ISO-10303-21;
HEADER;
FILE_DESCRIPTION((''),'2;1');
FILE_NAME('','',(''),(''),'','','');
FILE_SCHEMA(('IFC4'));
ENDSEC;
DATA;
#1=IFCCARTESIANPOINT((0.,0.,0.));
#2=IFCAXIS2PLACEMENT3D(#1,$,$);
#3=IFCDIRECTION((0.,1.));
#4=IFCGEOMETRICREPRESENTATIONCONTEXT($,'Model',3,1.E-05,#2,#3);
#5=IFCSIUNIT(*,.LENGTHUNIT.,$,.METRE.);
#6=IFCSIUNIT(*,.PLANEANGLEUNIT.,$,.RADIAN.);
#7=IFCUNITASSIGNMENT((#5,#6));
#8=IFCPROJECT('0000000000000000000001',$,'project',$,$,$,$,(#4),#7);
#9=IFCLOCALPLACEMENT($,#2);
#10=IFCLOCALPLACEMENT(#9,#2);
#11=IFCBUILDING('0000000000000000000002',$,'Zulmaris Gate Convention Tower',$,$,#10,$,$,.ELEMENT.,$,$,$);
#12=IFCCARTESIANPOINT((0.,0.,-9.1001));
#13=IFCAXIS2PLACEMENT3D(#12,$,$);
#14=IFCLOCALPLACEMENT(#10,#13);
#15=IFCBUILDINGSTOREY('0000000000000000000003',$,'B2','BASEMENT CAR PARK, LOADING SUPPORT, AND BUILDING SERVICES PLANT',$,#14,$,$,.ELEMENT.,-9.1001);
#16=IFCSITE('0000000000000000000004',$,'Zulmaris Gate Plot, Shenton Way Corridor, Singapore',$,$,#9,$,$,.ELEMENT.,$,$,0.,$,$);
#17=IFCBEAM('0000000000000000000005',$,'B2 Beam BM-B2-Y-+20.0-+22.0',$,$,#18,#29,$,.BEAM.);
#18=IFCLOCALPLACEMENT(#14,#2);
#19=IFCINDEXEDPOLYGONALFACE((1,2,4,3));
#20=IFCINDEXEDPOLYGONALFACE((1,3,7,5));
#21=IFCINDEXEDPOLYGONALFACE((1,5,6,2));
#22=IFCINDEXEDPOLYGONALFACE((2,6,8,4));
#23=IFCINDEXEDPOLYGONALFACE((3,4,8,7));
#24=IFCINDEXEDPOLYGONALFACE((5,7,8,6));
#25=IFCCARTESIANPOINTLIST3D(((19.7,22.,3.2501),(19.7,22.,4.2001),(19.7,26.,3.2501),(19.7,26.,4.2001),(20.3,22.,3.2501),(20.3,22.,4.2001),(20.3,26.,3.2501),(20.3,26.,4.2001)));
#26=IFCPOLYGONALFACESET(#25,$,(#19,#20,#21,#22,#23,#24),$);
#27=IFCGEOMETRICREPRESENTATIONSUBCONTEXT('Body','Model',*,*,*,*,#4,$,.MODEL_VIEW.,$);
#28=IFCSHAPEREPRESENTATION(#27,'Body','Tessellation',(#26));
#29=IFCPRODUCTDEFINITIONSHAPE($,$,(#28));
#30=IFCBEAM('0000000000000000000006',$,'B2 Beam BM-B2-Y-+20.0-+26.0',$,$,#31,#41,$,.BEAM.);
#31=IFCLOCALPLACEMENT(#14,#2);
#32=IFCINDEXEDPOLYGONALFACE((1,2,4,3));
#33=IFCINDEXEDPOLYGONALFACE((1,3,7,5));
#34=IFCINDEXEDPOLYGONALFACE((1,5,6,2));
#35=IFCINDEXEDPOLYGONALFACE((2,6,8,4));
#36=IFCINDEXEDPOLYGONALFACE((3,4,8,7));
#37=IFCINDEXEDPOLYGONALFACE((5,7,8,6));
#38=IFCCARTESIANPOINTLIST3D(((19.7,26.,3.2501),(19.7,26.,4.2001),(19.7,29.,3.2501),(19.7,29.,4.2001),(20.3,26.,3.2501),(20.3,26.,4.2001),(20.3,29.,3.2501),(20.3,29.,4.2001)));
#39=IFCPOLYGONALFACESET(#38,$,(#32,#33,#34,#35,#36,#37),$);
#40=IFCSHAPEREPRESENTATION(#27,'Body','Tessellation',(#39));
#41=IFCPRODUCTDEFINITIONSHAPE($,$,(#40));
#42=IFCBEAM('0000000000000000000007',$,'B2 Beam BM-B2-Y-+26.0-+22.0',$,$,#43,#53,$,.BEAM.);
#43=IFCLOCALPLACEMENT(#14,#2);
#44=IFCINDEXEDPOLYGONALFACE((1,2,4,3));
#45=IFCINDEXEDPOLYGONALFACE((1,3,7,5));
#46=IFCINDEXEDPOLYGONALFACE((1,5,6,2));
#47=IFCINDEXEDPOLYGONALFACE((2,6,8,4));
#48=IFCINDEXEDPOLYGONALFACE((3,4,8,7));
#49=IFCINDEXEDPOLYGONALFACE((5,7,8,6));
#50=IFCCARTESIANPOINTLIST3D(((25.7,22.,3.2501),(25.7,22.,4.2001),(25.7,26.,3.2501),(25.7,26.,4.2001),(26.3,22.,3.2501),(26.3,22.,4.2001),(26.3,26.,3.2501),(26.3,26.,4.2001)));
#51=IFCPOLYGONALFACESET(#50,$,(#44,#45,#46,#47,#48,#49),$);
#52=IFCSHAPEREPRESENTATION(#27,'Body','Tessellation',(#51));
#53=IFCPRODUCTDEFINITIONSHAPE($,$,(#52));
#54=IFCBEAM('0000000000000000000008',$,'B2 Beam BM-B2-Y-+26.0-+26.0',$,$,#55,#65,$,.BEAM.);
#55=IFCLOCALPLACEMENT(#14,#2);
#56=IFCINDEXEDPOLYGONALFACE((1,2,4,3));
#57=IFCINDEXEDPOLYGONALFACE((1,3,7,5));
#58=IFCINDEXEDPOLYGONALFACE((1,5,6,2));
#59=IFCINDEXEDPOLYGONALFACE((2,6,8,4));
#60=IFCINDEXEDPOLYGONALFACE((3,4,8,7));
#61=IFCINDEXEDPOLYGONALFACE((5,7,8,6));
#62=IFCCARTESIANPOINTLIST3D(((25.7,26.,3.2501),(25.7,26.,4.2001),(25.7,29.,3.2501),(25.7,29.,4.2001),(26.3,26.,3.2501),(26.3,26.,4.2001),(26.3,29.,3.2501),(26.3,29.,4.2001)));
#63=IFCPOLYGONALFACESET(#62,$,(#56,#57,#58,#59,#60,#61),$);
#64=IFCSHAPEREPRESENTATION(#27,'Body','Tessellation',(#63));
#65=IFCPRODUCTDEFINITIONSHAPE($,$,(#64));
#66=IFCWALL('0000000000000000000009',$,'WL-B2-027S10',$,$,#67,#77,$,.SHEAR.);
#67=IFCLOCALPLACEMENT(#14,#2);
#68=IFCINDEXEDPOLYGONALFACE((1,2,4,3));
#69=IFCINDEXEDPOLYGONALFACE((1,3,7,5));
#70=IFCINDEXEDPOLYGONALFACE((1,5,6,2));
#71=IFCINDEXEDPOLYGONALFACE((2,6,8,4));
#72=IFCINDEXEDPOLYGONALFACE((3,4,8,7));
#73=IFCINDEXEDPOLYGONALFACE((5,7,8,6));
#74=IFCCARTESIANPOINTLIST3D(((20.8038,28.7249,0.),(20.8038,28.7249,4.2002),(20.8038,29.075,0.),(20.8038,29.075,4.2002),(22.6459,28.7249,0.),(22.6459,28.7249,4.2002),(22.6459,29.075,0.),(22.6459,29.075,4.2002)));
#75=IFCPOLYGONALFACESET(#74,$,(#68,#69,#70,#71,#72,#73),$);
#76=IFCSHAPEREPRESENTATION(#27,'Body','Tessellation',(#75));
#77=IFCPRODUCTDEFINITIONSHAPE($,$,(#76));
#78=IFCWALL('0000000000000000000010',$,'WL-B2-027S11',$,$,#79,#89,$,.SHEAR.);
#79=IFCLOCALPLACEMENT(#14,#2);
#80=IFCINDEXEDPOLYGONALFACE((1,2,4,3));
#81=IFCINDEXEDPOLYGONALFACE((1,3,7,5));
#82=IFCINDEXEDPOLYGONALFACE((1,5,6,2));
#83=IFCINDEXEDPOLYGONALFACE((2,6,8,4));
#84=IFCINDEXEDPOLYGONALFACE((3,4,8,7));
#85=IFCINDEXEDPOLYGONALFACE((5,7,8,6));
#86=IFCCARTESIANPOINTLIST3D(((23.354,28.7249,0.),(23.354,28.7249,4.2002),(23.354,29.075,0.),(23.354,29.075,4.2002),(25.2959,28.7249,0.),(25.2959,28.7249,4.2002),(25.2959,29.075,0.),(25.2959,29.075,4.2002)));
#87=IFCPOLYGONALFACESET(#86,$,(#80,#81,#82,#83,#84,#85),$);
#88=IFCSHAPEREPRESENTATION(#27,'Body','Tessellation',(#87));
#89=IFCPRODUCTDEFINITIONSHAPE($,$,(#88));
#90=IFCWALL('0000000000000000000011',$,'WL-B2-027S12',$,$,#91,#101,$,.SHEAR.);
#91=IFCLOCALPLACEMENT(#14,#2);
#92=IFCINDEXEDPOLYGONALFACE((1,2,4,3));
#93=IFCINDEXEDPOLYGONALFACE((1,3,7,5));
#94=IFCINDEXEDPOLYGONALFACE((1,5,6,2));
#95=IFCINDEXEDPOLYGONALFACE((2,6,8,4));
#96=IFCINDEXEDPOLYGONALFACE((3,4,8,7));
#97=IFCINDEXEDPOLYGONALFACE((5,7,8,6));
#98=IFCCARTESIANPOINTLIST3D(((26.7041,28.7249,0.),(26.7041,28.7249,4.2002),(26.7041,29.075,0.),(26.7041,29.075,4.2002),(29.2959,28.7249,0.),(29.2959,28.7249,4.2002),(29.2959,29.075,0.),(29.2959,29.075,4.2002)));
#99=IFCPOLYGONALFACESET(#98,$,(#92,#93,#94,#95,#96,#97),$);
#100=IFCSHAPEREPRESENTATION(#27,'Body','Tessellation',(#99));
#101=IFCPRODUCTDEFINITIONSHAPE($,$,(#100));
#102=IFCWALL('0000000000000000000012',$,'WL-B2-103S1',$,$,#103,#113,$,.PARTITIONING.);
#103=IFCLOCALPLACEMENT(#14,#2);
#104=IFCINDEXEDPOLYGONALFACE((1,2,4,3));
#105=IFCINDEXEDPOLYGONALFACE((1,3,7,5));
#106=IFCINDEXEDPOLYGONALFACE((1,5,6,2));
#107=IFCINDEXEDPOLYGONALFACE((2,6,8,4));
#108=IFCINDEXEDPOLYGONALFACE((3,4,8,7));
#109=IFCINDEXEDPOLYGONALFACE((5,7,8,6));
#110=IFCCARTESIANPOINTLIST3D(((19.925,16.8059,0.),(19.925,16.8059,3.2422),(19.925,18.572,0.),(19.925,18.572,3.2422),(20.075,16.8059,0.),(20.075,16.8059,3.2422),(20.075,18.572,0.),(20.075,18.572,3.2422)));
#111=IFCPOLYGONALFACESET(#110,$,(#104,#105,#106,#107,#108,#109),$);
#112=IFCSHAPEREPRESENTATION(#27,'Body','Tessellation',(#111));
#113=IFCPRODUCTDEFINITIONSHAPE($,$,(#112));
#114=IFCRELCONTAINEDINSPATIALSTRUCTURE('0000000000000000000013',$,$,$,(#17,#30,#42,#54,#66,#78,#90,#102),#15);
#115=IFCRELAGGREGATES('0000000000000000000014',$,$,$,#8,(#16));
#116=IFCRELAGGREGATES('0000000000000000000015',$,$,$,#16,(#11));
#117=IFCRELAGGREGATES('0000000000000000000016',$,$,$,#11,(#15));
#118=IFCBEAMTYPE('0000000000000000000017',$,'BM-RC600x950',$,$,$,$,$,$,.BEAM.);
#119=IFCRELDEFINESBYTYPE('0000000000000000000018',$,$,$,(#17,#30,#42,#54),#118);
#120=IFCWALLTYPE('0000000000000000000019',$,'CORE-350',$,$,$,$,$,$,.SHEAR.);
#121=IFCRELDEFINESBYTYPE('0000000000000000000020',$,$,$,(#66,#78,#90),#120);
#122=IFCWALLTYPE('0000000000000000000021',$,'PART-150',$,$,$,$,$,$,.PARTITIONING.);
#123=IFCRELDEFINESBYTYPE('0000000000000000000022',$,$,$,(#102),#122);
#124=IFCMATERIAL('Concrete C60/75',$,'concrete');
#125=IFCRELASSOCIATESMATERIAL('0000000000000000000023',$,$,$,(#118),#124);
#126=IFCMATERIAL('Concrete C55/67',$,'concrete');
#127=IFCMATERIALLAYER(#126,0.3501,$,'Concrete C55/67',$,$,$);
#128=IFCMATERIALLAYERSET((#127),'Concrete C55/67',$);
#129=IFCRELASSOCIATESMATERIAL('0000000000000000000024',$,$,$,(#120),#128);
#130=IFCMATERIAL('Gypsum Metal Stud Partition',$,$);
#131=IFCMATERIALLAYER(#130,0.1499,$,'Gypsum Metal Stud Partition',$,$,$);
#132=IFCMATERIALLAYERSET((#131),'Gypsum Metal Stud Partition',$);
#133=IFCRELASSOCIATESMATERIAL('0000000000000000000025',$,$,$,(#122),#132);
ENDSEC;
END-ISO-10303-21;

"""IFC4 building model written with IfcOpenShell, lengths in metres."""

from ifc_helpers import new_model, si_unit, direction, frame, frame_2d, origin, origin_2d, place, context, subcontext, project, spatial, rectangle, extrude, material, layer, layer_set, material_profile, profile_set, type_object, element, save


model = new_model("IFC4")

# Units and contexts
model_context = context("Model", 3, precision=1e-05, world=origin(), true_north=direction((0.0, 1.0)))
body_context = subcontext(model_context, "Body", "Model", "MODEL_VIEW")
ifc_project = project(units=[si_unit("LENGTHUNIT", "METRE"), si_unit("PLANEANGLEUNIT", "RADIAN")], contexts=[model_context])

# Site, building, storey
site_placement = place(None, origin())
site = spatial("IfcSite", under=ifc_project, at=site_placement, Name="Zulmaris Gate Plot, Shenton Way Corridor, Singapore", CompositionType="ELEMENT", RefElevation=0.0)
building_placement = place(site_placement, origin())
building = spatial("IfcBuilding", under=site, at=building_placement, Name="Zulmaris Gate Convention Tower", CompositionType="ELEMENT")
storey_placement = place(building_placement, frame((0.0, 0.0, -9.1001)))
storey = spatial("IfcBuildingStorey", under=building, at=storey_placement, Name="B2", Description="BASEMENT CAR PARK, LOADING SUPPORT, AND BUILDING SERVICES PLANT", CompositionType="ELEMENT", Elevation=-9.1001)

# Beams
ifc_material_1 = material(Name="Concrete C60/75", Category="concrete")
ifc_material_profile_1 = material_profile(ifc_material_1, rectangle(XDim=0.6001, YDim=0.95, at=origin_2d()), Name="RC BEAM 600x950")
ifc_profile_set_1 = profile_set([ifc_material_profile_1], Name="Concrete C60/75")
beam_type = type_object("IfcBeamType", Name="BM-RC600x950", PredefinedType="BEAM", material=ifc_profile_set_1)
for number, where, z_axis, x_axis, name in (
    (1, (20.0, 22.0, 3.7251), (0.0, 1.0, 0.0), (-1.0, 0.0, 0.0), "B2 Beam BM-B2-Y-+20.0-+22.0"),
):
    element("IfcBeam", number, at=place(storey_placement, frame(where, z_axis=z_axis, x_axis=x_axis)), inside=storey, type_object=beam_type, Name=name, PredefinedType="BEAM", context=body_context, shape_type="SweptSolid", body=[
        extrude(rectangle(XDim=0.6001, YDim=0.95, at=origin_2d()), origin(), (0.0, 0.0, 1.0), 4.0),
    ])
beam_1_placement = place(storey_placement, frame((20.0, 26.0, 3.7251), z_axis=(0.0, 1.0, 0.0), x_axis=(-1.0, 0.0, 0.0)))
element("IfcBeam", 2, at=beam_1_placement, inside=storey, type_object=beam_type, Name="B2 Beam BM-B2-Y-+20.0-+26.0", PredefinedType="BEAM", context=body_context, shape_type="SweptSolid", body=[
    extrude(rectangle(XDim=0.6001, YDim=0.95, at=origin_2d()), origin(), (0.0, 0.0, 1.0), 3.0),
])
beam_2_placement = place(storey_placement, frame((26.0, 22.0, 3.7251), z_axis=(0.0, 1.0, 0.0), x_axis=(-1.0, 0.0, 0.0)))
element("IfcBeam", 3, at=beam_2_placement, inside=storey, type_object=beam_type, Name="B2 Beam BM-B2-Y-+26.0-+22.0", PredefinedType="BEAM", context=body_context, shape_type="SweptSolid", body=[
    extrude(rectangle(XDim=0.6001, YDim=0.95, at=origin_2d()), origin(), (0.0, 0.0, 1.0), 4.0),
])
beam_3_placement = place(storey_placement, frame((26.0, 26.0, 3.7251), z_axis=(0.0, 1.0, 0.0), x_axis=(-1.0, 0.0, 0.0)))
element("IfcBeam", 4, at=beam_3_placement, inside=storey, type_object=beam_type, Name="B2 Beam BM-B2-Y-+26.0-+26.0", PredefinedType="BEAM", context=body_context, shape_type="SweptSolid", body=[
    extrude(rectangle(XDim=0.6001, YDim=0.95, at=origin_2d()), origin(), (0.0, 0.0, 1.0), 3.0),
])

# Walls
ifc_material_2 = material(Name="Concrete C55/67", Category="concrete")
ifc_layer_1 = layer(ifc_material_2, 0.3501, Name="Concrete C55/67")
ifc_layer_set_1 = layer_set([ifc_layer_1], Name="Concrete C55/67")
wall_type_1 = type_object("IfcWallType", Name="CORE-350", PredefinedType="SHEAR", material=ifc_layer_set_1)
wall_1_placement = place(storey_placement, frame((20.804, 28.8999, 0.0), z_axis=(0.0, 0.0, 1.0), x_axis=(1.0, 0.0, 0.0)))
element("IfcWall", 5, at=wall_1_placement, inside=storey, type_object=wall_type_1, Name="WL-B2-027S10", PredefinedType="SHEAR", context=body_context, shape_type="SweptSolid", body=[
    extrude(rectangle(XDim=1.842, YDim=0.3501, at=frame_2d((0.9209, 0.0))), origin(), (0.0, 0.0, 1.0), 4.2002),
])
wall_2_placement = place(storey_placement, frame((23.354, 28.8999, 0.0), z_axis=(0.0, 0.0, 1.0), x_axis=(1.0, 0.0, 0.0)))
element("IfcWall", 6, at=wall_2_placement, inside=storey, type_object=wall_type_1, Name="WL-B2-027S11", PredefinedType="SHEAR", context=body_context, shape_type="SweptSolid", body=[
    extrude(rectangle(XDim=1.9419, YDim=0.3501, at=frame_2d((0.9709, 0.0))), origin(), (0.0, 0.0, 1.0), 4.2002),
])
wall_3_placement = place(storey_placement, frame((26.7041, 28.8999, 0.0), z_axis=(0.0, 0.0, 1.0), x_axis=(1.0, 0.0, 0.0)))
element("IfcWall", 7, at=wall_3_placement, inside=storey, type_object=wall_type_1, Name="WL-B2-027S12", PredefinedType="SHEAR", context=body_context, shape_type="SweptSolid", body=[
    extrude(rectangle(XDim=2.5918, YDim=0.3501, at=frame_2d((1.2959, 0.0))), origin(), (0.0, 0.0, 1.0), 4.2002),
])
ifc_material_3 = material(Name="Gypsum Metal Stud Partition")
ifc_layer_2 = layer(ifc_material_3, 0.1499, Name="Gypsum Metal Stud Partition")
ifc_layer_set_2 = layer_set([ifc_layer_2], Name="Gypsum Metal Stud Partition")
wall_type_2 = type_object("IfcWallType", Name="PART-150", PredefinedType="PARTITIONING", material=ifc_layer_set_2)
wall_4_placement = place(storey_placement, frame((20.0, 16.8059, 0.0), z_axis=(0.0, 0.0, 1.0), x_axis=(0.0, 1.0, 0.0)))
element("IfcWall", 8, at=wall_4_placement, inside=storey, type_object=wall_type_2, Name="WL-B2-103S1", PredefinedType="PARTITIONING", context=body_context, shape_type="SweptSolid", body=[
    extrude(rectangle(XDim=1.7661, YDim=0.1499, at=frame_2d((0.8831, 0.0))), origin(), (0.0, 0.0, 1.0), 3.2422),
])

save(model, "model.ifc")
